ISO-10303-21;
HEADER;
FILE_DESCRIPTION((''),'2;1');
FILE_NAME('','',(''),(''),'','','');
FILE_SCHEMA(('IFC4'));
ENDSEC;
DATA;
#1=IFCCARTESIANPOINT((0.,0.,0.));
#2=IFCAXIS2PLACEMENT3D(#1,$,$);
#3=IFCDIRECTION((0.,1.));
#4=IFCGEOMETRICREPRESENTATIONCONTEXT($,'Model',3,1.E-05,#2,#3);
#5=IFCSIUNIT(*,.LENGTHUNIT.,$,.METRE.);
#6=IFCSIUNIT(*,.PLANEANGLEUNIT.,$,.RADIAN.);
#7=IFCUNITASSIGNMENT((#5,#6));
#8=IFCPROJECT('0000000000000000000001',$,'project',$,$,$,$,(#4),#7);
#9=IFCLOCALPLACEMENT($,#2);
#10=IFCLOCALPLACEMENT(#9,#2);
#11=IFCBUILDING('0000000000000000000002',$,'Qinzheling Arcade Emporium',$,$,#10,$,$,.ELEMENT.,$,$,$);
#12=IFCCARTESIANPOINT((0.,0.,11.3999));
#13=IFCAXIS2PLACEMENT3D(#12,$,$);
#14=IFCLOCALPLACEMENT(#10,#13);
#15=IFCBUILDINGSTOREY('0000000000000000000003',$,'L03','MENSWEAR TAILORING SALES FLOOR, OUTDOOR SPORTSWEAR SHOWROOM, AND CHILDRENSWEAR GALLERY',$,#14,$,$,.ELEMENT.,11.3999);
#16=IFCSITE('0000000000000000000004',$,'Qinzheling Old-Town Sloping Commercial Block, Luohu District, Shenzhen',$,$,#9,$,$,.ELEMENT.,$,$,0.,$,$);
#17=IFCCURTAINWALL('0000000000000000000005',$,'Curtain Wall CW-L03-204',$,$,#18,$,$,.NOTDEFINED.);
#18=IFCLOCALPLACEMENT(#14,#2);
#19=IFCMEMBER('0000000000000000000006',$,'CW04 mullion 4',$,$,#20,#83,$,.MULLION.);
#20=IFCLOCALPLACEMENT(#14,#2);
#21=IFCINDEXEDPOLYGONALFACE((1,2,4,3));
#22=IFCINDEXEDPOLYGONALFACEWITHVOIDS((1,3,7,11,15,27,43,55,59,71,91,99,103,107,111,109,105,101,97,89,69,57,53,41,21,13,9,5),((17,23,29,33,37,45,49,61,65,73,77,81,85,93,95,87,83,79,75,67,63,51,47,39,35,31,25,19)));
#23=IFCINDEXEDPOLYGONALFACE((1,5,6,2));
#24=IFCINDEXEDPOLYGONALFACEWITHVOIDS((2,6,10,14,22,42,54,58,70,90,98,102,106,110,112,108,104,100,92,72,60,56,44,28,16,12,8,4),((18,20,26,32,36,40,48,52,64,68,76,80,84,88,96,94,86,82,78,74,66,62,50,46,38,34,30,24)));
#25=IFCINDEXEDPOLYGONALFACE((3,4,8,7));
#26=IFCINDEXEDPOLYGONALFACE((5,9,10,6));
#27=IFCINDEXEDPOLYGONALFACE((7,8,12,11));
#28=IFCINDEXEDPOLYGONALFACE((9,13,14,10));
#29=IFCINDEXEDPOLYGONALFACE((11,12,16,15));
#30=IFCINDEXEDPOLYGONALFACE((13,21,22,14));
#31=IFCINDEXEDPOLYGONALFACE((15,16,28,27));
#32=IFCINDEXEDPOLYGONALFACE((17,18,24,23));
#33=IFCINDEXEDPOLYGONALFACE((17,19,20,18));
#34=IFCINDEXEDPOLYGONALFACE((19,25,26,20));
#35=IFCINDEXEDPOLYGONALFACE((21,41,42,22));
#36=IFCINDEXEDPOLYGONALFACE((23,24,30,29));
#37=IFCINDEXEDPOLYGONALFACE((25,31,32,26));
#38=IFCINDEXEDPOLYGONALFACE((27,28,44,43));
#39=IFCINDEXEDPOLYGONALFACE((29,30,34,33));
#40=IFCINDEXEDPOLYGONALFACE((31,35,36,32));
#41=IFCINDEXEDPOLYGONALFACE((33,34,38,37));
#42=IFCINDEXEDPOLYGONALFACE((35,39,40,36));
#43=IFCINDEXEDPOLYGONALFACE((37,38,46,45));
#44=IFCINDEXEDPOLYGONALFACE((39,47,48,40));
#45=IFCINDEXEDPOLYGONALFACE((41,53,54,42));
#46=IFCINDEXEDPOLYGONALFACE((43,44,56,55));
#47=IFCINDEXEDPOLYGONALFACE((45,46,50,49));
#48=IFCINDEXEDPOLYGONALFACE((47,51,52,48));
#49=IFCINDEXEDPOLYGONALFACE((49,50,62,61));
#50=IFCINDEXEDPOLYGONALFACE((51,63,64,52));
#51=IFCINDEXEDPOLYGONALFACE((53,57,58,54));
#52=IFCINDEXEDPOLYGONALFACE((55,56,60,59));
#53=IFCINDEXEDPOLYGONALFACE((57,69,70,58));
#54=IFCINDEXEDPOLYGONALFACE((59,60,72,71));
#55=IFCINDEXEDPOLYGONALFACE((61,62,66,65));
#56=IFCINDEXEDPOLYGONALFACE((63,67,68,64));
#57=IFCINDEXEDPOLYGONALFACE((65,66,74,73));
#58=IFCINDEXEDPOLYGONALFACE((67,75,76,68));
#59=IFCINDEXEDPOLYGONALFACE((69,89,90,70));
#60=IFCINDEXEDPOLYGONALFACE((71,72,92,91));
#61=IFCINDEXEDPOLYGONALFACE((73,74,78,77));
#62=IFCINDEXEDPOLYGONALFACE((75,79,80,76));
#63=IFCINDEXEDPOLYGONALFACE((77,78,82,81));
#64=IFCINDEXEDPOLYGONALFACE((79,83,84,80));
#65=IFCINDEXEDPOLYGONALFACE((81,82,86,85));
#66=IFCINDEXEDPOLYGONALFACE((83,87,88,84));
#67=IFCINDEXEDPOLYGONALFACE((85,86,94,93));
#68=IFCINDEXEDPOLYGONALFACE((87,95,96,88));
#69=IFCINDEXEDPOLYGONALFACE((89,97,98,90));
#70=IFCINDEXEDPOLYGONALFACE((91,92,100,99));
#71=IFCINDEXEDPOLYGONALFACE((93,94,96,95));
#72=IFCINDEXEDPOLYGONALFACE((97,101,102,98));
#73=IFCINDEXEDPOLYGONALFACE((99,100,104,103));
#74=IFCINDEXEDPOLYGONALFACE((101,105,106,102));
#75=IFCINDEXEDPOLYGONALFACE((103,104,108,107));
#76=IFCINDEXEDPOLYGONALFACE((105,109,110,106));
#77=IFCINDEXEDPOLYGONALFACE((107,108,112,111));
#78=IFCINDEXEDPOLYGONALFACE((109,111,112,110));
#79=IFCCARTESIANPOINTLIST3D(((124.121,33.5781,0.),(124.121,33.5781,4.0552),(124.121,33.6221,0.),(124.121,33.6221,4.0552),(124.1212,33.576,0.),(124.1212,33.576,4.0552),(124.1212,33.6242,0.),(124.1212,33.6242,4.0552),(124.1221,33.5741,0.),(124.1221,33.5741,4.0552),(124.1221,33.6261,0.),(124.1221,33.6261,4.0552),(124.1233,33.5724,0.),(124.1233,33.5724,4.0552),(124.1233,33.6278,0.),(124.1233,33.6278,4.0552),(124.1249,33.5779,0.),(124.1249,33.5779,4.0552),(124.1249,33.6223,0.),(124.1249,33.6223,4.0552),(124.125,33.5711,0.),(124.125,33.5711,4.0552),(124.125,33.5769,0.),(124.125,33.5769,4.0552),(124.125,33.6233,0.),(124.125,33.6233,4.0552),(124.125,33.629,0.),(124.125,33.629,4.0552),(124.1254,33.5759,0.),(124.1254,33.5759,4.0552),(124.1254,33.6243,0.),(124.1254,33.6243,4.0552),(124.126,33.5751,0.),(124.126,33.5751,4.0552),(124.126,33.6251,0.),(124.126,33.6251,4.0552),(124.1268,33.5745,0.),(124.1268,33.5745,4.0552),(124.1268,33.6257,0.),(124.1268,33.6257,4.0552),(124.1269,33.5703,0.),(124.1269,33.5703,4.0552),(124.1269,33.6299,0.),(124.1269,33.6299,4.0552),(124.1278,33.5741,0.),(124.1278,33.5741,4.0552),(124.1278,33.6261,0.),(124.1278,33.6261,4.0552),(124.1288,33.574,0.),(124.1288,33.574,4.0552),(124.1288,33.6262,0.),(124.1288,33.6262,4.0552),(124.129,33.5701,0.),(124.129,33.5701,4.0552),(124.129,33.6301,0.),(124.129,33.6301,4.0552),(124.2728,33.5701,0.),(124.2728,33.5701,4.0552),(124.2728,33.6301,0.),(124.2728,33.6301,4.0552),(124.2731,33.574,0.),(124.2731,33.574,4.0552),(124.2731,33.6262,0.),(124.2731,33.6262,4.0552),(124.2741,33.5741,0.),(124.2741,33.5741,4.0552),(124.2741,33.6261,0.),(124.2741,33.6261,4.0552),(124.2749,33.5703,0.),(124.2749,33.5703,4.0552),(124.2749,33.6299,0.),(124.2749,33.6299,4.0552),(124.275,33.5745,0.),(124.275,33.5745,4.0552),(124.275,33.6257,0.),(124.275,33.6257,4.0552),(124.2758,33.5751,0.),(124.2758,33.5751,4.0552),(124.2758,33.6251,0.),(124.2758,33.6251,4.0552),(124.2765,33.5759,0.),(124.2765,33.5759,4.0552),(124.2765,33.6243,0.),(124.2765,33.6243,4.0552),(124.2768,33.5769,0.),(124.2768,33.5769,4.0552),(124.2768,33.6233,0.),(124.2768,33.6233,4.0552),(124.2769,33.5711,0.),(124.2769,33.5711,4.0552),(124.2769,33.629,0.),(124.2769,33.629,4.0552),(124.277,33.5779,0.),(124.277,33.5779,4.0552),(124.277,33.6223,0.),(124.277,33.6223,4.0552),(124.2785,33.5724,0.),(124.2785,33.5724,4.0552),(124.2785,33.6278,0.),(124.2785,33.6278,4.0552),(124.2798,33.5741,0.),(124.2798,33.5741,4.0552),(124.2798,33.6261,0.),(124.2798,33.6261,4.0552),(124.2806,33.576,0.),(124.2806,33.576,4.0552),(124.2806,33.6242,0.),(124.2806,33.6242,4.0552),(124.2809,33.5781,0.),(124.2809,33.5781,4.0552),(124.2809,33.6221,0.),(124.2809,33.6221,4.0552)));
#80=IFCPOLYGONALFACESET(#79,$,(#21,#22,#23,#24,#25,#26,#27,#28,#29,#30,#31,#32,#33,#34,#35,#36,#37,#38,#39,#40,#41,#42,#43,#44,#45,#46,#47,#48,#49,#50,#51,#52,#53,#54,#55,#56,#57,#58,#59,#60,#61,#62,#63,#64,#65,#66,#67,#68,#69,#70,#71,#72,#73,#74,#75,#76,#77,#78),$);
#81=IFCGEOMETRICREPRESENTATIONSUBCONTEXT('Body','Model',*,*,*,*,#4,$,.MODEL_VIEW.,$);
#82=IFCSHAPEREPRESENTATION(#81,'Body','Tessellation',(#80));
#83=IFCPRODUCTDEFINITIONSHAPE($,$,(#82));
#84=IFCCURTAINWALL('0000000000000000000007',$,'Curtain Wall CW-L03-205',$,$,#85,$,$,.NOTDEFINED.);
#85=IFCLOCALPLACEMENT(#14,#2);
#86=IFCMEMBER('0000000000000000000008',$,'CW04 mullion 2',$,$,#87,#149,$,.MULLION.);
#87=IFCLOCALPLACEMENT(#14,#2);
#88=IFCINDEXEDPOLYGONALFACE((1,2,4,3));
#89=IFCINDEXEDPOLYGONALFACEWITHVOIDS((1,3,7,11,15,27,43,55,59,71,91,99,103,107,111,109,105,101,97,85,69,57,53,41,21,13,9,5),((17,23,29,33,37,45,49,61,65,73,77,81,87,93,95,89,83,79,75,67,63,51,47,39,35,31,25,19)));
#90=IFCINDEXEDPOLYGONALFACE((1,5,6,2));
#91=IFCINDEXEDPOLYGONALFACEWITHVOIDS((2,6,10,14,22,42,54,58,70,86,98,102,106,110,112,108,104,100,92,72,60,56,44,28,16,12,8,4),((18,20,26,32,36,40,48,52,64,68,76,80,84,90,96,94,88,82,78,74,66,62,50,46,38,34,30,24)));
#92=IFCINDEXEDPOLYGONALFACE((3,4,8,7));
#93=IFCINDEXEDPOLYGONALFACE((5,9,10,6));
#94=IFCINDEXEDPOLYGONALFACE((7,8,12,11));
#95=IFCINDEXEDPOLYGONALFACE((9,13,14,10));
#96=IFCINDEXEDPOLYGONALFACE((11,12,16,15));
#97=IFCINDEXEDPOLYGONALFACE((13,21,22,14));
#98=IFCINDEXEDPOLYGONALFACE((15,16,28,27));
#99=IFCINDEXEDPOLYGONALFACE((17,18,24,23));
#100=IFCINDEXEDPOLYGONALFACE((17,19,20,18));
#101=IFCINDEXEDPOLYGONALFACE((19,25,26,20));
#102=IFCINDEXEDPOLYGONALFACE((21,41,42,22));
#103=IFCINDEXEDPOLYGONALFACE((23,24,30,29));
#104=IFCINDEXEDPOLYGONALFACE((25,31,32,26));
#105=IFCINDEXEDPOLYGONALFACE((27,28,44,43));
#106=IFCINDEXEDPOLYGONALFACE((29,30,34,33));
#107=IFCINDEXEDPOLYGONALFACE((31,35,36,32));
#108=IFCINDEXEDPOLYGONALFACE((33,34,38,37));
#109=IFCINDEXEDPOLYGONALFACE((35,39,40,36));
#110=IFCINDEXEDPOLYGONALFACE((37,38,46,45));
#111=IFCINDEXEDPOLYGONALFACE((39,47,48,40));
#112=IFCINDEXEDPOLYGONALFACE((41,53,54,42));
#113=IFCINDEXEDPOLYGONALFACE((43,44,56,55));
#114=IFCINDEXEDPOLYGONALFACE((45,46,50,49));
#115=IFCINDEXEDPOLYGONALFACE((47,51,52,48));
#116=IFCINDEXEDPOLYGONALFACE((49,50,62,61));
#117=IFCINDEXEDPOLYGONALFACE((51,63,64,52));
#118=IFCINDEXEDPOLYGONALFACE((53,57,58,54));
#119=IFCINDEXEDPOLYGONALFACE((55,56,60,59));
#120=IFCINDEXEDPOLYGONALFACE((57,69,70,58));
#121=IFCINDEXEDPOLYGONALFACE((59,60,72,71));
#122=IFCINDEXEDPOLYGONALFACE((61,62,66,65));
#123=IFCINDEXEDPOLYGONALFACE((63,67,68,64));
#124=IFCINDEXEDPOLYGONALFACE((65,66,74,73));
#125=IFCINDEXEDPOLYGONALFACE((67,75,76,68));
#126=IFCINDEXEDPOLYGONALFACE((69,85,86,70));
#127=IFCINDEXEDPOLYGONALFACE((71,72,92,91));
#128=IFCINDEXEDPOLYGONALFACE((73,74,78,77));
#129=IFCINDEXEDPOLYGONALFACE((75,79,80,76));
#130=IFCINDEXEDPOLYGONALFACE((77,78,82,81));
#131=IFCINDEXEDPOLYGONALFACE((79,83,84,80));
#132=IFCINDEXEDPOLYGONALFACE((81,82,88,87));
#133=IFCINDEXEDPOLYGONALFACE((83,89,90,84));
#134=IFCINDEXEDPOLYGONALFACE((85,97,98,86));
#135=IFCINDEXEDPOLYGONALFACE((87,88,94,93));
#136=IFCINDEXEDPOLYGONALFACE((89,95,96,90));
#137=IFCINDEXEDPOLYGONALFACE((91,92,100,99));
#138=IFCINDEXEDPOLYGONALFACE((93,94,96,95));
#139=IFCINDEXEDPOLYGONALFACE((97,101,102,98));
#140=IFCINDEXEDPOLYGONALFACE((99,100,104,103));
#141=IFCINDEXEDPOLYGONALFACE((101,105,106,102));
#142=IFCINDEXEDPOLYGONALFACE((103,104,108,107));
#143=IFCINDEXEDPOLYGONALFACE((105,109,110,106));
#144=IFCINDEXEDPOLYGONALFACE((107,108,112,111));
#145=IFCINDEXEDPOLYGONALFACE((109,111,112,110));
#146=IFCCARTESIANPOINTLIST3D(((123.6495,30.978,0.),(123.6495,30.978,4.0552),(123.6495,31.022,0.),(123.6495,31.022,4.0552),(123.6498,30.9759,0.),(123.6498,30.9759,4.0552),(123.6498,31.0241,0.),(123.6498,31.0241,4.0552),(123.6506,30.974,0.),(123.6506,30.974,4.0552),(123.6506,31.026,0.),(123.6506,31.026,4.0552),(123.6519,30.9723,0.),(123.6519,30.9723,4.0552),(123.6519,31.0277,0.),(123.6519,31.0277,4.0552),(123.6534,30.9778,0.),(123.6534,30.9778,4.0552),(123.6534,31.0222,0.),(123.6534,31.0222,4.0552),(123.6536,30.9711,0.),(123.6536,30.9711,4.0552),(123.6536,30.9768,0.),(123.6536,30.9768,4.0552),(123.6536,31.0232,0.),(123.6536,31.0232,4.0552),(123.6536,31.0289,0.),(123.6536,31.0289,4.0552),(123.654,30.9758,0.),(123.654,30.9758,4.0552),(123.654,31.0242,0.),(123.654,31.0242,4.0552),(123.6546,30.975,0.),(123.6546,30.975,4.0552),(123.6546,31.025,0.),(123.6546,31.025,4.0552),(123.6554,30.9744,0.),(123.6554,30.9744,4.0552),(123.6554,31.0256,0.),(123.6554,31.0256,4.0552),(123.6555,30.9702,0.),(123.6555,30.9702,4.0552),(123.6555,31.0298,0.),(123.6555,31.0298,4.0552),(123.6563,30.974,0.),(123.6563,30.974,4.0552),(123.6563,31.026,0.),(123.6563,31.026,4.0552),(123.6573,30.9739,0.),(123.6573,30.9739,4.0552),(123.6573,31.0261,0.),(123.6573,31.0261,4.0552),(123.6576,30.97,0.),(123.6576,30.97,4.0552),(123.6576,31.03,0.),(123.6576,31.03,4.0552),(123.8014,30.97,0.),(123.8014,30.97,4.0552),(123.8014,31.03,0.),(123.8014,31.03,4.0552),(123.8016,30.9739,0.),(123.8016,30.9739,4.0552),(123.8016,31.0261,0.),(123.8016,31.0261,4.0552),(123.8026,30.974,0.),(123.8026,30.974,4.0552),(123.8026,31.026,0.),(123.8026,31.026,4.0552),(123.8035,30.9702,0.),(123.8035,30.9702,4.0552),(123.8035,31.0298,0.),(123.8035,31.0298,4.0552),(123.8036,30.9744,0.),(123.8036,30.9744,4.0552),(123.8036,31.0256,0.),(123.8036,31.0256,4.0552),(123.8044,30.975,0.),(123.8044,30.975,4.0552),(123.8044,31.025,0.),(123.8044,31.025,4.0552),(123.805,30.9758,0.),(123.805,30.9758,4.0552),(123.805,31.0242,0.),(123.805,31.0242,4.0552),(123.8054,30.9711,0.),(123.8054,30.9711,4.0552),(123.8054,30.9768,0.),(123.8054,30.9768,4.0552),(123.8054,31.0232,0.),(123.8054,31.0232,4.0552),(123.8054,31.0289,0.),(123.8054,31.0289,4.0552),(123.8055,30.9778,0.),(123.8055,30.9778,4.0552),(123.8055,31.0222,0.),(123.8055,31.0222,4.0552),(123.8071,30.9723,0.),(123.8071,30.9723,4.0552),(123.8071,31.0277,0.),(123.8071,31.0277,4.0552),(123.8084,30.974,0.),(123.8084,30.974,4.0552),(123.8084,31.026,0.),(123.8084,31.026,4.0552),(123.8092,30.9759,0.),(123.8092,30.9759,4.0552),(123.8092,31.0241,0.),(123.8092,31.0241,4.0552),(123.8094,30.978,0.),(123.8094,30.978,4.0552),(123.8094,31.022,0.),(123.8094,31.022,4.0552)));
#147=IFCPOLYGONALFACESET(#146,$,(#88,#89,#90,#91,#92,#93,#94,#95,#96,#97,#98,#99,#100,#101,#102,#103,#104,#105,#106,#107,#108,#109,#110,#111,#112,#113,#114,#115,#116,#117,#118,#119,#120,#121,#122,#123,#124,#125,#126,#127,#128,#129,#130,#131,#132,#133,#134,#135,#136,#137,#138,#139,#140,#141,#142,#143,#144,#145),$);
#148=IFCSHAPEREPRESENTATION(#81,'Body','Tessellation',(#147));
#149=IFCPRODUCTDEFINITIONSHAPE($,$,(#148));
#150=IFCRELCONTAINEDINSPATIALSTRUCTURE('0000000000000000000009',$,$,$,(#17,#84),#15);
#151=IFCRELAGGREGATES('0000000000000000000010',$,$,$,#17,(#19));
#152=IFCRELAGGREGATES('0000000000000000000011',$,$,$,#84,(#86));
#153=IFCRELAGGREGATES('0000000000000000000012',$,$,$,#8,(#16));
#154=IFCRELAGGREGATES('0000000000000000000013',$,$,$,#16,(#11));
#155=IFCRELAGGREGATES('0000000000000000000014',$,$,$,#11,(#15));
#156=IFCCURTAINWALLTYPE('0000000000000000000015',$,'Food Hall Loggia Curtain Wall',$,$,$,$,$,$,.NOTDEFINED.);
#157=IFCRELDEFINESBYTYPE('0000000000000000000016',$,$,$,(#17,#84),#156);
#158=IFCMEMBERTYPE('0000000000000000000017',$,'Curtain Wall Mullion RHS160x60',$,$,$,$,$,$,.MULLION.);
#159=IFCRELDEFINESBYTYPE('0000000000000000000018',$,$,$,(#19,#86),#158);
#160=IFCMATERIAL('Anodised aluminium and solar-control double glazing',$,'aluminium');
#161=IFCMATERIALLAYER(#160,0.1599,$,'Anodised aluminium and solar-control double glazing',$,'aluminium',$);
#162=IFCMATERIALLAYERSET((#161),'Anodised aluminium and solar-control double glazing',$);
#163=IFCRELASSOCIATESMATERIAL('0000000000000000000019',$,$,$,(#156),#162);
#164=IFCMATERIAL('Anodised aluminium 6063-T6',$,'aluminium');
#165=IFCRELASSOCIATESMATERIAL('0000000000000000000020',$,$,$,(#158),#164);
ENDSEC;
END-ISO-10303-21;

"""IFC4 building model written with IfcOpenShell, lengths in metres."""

from ifc_helpers import new_model, si_unit, direction, frame, origin, origin_2d, place, context, subcontext, project, spatial, hollow_rectangle, extrude, material, layer, layer_set, material_profile, profile_set, type_object, element, aggregate, save


model = new_model("IFC4")

# Units and contexts
model_context = context("Model", 3, precision=1e-05, world=origin(), true_north=direction((0.0, 1.0)))
body_context = subcontext(model_context, "Body", "Model", "MODEL_VIEW")
ifc_project = project(units=[si_unit("LENGTHUNIT", "METRE"), si_unit("PLANEANGLEUNIT", "RADIAN")], contexts=[model_context])

# Site, building, storey
site_placement = place(None, origin())
site = spatial("IfcSite", under=ifc_project, at=site_placement, Name="Qinzheling Old-Town Sloping Commercial Block, Luohu District, Shenzhen", CompositionType="ELEMENT", RefElevation=0.0)
building_placement = place(site_placement, origin())
building = spatial("IfcBuilding", under=site, at=building_placement, Name="Qinzheling Arcade Emporium", CompositionType="ELEMENT")
storey_placement = place(building_placement, frame((0.0, 0.0, 11.3999)))
storey = spatial("IfcBuildingStorey", under=building, at=storey_placement, Name="L03", Description="MENSWEAR TAILORING SALES FLOOR, OUTDOOR SPORTSWEAR SHOWROOM, AND CHILDRENSWEAR GALLERY", CompositionType="ELEMENT", Elevation=11.3999)

# Curtain wall, member
ifc_material_1 = material(Name="Anodised aluminium and solar-control double glazing", Category="aluminium")
ifc_layer_1 = layer(ifc_material_1, 0.1599, Name="Anodised aluminium and solar-control double glazing", Category="aluminium")
ifc_layer_set_1 = layer_set([ifc_layer_1], Name="Anodised aluminium and solar-control double glazing")
curtain_wall_type = type_object("IfcCurtainWallType", Name="Food Hall Loggia Curtain Wall", PredefinedType="NOTDEFINED", material=ifc_layer_set_1)
curtain_wall_1_placement = place(storey_placement, origin())
curtain_wall_1 = element("IfcCurtainWall", 1, at=curtain_wall_1_placement, inside=storey, type_object=curtain_wall_type, Name="Curtain Wall CW-L03-204", PredefinedType="NOTDEFINED")
ifc_material_2 = material(Name="Anodised aluminium 6063-T6", Category="aluminium")
ifc_material_profile_1 = material_profile(ifc_material_2, hollow_rectangle(XDim=0.0601, YDim=0.1599, WallThickness=0.0039, InnerFilletRadius=0.0039, OuterFilletRadius=0.0081, at=origin_2d()), Name="RHS 160x60x4", Category="aluminium")
ifc_profile_set_1 = profile_set([ifc_material_profile_1], Name="Anodised aluminium 6063-T6")
member_type_1 = type_object("IfcMemberType", Name="Curtain Wall Mullion RHS160x60", PredefinedType="MULLION", material=ifc_profile_set_1)
member_1_placement = place(storey_placement, frame((124.2009, 33.6001, 0.0), z_axis=(0.0, 0.0, 1.0), x_axis=(0.0, -1.0, 0.0)))
member_1 = element("IfcMember", 2, at=member_1_placement, type_object=member_type_1, Name="CW04 mullion 4", PredefinedType="MULLION", context=body_context, shape_type="SweptSolid", body=[
    extrude(hollow_rectangle(XDim=0.0601, YDim=0.1599, WallThickness=0.0039, InnerFilletRadius=0.0039, OuterFilletRadius=0.0081, at=origin_2d()), origin(), (0.0, 0.0, 1.0), 4.0552),
])

# Curtain wall, member
curtain_wall_2_placement = place(storey_placement, origin())
curtain_wall_2 = element("IfcCurtainWall", 3, at=curtain_wall_2_placement, inside=storey, type_object=curtain_wall_type, Name="Curtain Wall CW-L03-205", PredefinedType="NOTDEFINED")
member_2_placement = place(storey_placement, frame((123.7295, 31.0, 0.0), z_axis=(0.0, 0.0, 1.0), x_axis=(0.0, 1.0, 0.0)))
member_2 = element("IfcMember", 4, at=member_2_placement, type_object=member_type_1, Name="CW04 mullion 2", PredefinedType="MULLION", context=body_context, shape_type="SweptSolid", body=[
    extrude(hollow_rectangle(XDim=0.0601, YDim=0.1599, WallThickness=0.0039, InnerFilletRadius=0.0039, OuterFilletRadius=0.0081, at=origin_2d()), origin(), (0.0, 0.0, 1.0), 4.0552),
])

aggregate(curtain_wall_1, [member_1])
aggregate(curtain_wall_2, [member_2])

save(model, "model.ifc")
